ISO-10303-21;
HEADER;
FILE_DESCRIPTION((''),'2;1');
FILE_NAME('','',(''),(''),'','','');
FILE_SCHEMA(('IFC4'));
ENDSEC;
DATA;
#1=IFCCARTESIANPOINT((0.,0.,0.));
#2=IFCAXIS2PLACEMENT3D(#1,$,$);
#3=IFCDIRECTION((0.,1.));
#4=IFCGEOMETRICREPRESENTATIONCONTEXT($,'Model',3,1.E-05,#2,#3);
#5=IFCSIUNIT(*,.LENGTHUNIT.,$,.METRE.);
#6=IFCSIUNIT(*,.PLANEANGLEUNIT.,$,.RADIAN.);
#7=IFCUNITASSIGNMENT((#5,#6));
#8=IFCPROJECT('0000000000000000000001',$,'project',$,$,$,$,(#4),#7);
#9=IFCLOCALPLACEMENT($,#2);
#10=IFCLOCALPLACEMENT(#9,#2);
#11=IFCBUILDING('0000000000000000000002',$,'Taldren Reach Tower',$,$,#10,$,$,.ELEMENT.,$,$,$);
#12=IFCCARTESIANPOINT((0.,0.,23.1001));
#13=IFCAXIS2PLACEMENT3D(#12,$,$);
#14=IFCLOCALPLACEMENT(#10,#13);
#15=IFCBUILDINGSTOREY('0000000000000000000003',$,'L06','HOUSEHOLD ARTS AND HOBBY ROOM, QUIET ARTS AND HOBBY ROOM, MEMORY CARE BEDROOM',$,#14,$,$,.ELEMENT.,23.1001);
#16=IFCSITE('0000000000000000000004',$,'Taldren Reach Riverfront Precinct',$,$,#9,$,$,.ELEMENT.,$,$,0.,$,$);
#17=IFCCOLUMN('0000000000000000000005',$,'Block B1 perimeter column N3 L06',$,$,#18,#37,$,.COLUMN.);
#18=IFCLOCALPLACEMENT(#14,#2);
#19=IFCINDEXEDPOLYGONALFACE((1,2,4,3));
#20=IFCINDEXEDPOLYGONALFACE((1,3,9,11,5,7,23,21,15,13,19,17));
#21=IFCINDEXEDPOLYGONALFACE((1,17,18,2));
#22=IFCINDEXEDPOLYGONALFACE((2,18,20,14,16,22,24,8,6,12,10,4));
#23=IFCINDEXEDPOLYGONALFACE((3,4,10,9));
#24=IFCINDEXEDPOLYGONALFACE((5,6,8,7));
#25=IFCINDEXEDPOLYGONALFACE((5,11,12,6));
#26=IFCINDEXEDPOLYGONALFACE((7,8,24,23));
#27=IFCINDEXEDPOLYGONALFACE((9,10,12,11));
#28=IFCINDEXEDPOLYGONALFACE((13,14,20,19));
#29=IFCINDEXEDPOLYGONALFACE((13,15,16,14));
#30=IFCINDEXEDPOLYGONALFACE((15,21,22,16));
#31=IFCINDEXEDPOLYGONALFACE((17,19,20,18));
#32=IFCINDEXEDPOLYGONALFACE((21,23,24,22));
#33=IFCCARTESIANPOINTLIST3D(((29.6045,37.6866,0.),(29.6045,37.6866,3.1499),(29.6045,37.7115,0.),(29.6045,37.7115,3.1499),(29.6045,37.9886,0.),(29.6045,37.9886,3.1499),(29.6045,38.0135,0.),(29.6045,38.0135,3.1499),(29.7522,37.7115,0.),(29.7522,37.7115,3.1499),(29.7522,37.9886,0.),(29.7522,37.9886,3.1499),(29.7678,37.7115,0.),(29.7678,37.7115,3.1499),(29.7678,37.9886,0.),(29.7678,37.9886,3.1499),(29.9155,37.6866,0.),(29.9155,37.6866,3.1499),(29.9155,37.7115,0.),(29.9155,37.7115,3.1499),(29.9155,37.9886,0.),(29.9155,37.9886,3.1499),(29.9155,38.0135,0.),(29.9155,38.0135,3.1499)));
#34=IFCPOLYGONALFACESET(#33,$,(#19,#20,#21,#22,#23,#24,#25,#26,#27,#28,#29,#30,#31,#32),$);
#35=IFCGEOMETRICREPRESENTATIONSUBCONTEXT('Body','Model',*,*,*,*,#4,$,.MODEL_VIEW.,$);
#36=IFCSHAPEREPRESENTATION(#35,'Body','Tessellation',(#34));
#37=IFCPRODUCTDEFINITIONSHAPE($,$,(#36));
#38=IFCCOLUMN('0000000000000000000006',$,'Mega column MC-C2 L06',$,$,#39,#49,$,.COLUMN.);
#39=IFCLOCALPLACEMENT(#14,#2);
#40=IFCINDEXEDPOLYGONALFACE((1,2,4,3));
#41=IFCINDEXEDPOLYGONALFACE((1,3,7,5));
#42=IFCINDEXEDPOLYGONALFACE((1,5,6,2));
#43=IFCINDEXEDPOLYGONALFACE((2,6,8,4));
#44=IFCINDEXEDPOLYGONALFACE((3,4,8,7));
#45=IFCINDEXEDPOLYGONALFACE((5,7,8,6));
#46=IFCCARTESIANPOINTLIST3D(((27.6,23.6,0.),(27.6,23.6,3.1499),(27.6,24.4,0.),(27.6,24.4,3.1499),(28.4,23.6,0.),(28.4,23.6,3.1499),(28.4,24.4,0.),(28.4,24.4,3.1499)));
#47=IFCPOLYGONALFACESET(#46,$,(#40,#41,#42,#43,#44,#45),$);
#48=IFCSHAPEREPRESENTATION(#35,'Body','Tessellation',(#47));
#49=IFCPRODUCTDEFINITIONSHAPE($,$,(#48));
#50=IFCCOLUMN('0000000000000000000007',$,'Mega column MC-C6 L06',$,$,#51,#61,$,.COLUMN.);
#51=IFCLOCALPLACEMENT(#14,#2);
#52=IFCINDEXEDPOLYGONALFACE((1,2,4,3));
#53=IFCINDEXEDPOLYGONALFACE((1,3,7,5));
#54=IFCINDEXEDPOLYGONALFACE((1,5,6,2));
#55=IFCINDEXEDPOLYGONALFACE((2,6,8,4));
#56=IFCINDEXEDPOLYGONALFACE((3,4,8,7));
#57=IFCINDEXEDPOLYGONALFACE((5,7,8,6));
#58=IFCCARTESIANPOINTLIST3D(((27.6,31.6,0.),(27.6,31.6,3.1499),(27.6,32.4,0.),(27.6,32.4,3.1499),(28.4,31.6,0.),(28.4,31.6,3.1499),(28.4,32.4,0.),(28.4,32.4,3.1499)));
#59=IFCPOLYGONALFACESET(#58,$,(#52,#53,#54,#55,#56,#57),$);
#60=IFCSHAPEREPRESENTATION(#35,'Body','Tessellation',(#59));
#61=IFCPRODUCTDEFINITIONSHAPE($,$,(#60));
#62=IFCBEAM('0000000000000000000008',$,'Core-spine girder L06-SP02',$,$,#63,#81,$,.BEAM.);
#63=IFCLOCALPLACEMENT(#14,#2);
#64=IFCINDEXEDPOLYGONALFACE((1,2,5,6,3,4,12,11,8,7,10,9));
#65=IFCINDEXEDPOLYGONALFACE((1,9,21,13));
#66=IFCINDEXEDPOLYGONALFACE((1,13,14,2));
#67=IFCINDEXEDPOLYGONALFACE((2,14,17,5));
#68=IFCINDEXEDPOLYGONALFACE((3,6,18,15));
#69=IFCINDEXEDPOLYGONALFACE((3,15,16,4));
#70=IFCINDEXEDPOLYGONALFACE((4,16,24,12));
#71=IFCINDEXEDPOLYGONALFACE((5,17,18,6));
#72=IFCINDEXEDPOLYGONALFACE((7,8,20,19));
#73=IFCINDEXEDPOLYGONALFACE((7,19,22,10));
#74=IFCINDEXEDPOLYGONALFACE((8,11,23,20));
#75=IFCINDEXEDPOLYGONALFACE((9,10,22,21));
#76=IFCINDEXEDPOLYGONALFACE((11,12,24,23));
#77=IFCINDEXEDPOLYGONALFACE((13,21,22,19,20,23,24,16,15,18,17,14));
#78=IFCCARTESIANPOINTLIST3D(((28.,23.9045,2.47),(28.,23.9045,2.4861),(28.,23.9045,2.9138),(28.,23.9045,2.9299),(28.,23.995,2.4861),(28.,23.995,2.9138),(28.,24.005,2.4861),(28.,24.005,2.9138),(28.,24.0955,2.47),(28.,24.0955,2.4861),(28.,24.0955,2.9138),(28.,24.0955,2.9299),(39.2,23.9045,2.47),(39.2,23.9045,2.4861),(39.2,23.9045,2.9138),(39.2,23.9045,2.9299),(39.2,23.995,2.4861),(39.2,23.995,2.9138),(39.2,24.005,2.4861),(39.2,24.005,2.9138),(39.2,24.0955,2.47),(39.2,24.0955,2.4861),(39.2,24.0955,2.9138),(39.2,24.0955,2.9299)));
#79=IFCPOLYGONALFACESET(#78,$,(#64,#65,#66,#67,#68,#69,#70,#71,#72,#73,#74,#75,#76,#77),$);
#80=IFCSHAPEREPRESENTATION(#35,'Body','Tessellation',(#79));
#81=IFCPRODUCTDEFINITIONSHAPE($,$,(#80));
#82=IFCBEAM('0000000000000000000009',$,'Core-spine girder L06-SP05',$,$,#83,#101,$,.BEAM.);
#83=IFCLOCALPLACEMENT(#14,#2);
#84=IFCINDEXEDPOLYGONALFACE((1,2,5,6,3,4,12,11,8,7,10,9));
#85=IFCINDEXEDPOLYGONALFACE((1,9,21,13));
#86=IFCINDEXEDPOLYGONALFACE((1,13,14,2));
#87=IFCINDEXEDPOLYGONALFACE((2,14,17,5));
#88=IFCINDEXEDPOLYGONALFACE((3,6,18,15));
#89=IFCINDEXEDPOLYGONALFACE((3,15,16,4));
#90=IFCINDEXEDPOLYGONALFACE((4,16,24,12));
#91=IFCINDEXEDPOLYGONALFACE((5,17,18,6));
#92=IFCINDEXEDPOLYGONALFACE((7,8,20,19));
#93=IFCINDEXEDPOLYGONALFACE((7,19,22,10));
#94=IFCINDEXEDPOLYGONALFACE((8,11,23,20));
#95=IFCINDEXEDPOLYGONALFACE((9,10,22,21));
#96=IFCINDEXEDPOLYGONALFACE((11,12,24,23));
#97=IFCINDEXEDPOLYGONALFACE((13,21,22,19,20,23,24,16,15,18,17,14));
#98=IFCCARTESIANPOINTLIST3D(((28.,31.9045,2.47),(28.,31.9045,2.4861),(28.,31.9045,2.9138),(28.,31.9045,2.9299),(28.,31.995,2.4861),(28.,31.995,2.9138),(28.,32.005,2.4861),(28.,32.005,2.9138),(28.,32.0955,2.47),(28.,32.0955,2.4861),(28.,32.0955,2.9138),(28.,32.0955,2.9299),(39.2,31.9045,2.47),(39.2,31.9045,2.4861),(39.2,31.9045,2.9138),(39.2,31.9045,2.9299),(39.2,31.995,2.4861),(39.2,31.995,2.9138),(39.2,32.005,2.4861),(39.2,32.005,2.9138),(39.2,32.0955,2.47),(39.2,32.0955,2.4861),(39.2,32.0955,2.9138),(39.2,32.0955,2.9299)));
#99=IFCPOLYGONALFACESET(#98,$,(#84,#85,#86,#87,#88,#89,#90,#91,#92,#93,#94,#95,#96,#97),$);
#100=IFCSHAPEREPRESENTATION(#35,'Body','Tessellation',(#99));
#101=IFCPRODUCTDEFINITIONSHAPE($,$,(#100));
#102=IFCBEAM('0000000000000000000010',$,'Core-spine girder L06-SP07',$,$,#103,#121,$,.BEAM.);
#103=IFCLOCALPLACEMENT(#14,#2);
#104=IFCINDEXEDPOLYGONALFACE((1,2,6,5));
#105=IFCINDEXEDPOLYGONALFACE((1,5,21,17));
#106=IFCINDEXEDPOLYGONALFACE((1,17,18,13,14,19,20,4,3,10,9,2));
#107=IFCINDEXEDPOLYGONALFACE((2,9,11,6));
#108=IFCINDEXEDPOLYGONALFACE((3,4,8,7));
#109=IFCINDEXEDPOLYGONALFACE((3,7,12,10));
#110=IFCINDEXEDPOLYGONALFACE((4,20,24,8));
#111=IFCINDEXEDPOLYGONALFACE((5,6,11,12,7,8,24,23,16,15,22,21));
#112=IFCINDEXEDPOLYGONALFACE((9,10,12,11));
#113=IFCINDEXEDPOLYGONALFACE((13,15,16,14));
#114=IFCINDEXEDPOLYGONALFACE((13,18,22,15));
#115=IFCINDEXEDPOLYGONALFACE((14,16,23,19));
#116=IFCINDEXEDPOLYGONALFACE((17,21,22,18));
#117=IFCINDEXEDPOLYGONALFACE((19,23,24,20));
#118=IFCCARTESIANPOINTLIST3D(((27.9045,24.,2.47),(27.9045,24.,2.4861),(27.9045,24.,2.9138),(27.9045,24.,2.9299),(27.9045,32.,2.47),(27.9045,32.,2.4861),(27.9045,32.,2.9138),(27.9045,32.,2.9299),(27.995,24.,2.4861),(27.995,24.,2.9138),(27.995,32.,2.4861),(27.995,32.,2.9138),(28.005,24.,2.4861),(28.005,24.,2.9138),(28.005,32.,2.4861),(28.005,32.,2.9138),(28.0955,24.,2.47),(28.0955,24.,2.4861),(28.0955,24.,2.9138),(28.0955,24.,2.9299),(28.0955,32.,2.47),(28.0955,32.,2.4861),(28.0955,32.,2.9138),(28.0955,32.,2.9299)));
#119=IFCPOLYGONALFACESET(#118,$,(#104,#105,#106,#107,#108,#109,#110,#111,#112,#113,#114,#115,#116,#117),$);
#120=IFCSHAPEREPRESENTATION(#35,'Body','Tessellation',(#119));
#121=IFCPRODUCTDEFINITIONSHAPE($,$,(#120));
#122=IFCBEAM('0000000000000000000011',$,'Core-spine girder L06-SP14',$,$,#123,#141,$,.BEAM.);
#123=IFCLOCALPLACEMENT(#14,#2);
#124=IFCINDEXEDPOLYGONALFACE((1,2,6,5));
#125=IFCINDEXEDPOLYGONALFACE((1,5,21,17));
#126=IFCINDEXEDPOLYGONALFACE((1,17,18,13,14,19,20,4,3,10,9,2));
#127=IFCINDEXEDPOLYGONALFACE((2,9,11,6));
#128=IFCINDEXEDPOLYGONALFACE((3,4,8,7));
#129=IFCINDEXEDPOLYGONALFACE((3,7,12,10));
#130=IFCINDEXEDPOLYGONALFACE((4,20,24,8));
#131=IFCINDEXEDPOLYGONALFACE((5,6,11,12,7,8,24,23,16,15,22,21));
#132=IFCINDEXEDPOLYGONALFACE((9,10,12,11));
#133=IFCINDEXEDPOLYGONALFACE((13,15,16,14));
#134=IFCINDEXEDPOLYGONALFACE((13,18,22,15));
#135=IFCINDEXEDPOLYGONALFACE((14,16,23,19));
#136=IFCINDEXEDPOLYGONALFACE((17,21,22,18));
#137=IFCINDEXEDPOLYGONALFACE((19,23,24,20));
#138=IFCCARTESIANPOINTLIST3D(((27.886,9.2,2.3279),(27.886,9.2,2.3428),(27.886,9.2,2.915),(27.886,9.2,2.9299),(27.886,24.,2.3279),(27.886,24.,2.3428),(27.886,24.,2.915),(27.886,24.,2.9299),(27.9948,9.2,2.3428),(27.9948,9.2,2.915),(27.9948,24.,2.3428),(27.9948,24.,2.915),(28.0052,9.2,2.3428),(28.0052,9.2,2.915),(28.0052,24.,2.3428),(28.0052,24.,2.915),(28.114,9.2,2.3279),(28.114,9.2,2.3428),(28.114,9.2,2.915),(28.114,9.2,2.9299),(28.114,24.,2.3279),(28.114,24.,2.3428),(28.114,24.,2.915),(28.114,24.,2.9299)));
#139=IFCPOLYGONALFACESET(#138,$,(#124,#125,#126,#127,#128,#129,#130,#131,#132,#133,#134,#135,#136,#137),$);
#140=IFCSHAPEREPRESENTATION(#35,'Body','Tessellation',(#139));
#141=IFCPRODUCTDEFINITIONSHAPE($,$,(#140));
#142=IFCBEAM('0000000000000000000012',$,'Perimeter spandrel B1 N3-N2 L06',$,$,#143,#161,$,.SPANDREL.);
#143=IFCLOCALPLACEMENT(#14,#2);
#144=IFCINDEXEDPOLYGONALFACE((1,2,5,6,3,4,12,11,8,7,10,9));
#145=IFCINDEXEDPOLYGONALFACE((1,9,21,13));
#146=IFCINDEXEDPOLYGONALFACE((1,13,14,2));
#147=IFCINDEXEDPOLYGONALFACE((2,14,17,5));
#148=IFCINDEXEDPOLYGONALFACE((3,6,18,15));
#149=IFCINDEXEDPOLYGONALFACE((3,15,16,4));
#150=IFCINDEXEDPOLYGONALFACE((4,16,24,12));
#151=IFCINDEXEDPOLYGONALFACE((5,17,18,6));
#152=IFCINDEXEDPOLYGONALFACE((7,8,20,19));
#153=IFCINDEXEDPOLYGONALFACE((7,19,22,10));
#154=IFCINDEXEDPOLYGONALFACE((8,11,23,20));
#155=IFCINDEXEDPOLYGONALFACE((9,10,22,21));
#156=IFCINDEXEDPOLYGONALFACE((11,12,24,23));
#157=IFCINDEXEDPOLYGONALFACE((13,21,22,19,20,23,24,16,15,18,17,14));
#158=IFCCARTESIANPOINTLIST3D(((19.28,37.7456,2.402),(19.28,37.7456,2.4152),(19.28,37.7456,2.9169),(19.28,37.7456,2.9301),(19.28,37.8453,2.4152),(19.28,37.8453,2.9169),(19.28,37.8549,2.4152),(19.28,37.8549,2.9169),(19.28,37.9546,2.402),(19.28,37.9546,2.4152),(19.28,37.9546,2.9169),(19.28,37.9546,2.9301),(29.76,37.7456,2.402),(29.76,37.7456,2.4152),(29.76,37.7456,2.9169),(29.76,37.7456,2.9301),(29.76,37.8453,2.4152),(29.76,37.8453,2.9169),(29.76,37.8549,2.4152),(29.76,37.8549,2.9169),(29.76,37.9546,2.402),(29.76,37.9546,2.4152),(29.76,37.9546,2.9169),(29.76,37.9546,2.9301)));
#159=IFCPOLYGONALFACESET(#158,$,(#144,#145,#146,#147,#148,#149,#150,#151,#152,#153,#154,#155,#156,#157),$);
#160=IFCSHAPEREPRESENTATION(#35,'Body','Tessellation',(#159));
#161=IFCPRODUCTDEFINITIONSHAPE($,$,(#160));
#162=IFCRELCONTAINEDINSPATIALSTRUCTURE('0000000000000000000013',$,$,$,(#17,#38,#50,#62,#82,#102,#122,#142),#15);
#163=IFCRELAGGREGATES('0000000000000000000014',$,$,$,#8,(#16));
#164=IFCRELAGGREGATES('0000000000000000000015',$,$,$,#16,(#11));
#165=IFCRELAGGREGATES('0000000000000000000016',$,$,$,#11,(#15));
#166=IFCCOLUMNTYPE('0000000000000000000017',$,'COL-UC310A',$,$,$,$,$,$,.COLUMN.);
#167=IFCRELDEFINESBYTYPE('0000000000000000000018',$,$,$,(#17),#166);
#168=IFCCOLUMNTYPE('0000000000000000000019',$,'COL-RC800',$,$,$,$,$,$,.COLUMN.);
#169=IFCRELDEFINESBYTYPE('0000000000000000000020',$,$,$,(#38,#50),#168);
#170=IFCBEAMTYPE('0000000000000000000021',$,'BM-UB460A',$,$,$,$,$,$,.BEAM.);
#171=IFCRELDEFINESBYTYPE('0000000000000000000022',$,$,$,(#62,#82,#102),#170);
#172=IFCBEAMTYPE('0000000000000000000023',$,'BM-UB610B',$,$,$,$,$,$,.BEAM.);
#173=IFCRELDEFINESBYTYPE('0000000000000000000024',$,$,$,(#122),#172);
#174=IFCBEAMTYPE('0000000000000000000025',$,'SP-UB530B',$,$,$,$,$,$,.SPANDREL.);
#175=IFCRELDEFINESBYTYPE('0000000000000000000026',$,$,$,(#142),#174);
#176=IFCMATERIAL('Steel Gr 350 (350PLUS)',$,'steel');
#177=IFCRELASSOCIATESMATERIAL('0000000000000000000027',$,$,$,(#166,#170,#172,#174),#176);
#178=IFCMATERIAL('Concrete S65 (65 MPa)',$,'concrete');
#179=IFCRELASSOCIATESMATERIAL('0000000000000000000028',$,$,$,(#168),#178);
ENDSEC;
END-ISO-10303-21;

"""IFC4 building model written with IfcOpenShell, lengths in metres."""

from ifc_helpers import new_model, si_unit, direction, frame, origin, origin_2d, place, context, subcontext, project, spatial, rectangle, i_section, extrude, source, transform, mapped, material, material_profile, profile_set, type_object, element, save


model = new_model("IFC4")

# Units and contexts
model_context = context("Model", 3, precision=1e-05, world=origin(), true_north=direction((0.0, 1.0)))
body_context = subcontext(model_context, "Body", "Model", "MODEL_VIEW")
ifc_project = project(units=[si_unit("LENGTHUNIT", "METRE"), si_unit("PLANEANGLEUNIT", "RADIAN")], contexts=[model_context])

# Site, building, storey
site_placement = place(None, origin())
site = spatial("IfcSite", under=ifc_project, at=site_placement, Name="Taldren Reach Riverfront Precinct", CompositionType="ELEMENT", RefElevation=0.0)
building_placement = place(site_placement, origin())
building = spatial("IfcBuilding", under=site, at=building_placement, Name="Taldren Reach Tower", CompositionType="ELEMENT")
storey_placement = place(building_placement, frame((0.0, 0.0, 23.1001)))
storey = spatial("IfcBuildingStorey", under=building, at=storey_placement, Name="L06", Description="HOUSEHOLD ARTS AND HOBBY ROOM, QUIET ARTS AND HOBBY ROOM, MEMORY CARE BEDROOM", CompositionType="ELEMENT", Elevation=23.1001)

# Columns
ifc_material_1 = material(Name="Steel Gr 350 (350PLUS)", Category="steel")
ifc_material_profile_1 = material_profile(ifc_material_1, i_section(OverallWidth=0.311, OverallDepth=0.3269, WebThickness=0.0156, FlangeThickness=0.0249, at=origin_2d()), Name="310UC158")
ifc_profile_set_1 = profile_set([ifc_material_profile_1], Name="Steel Gr 350 (350PLUS)")
column_type_1 = type_object("IfcColumnType", Name="COL-UC310A", PredefinedType="COLUMN", material=ifc_profile_set_1)
shared_shape_1 = source(origin(), body_context, "Body", "SweptSolid", [
    extrude(i_section(OverallWidth=0.311, OverallDepth=0.3269, WebThickness=0.0156, FlangeThickness=0.0249, at=origin_2d()), origin(), (0.0, 0.0, 1.0), 3.1499),
])
column_placement = place(storey_placement, frame((29.76, 37.8501, 0.0), z_axis=(0.0, 0.0, 1.0), x_axis=(1.0, 0.0, 0.0)))
element("IfcColumn", 1, at=column_placement, inside=storey, type_object=column_type_1, Name="Block B1 perimeter column N3 L06", PredefinedType="COLUMN", context=body_context, shape_type="MappedRepresentation", body=[
    mapped(shared_shape_1, transform((0.0, 0.0, 0.0), scale=1.0)),
])
ifc_material_2 = material(Name="Concrete S65 (65 MPa)", Category="concrete")
ifc_material_profile_2 = material_profile(ifc_material_2, rectangle(XDim=0.8, YDim=0.8, at=origin_2d()), Name="RC-800x800")
ifc_profile_set_2 = profile_set([ifc_material_profile_2], Name="Concrete S65 (65 MPa)")
column_type_2 = type_object("IfcColumnType", Name="COL-RC800", PredefinedType="COLUMN", material=ifc_profile_set_2)
shared_shape_2 = source(origin(), body_context, "Body", "SweptSolid", [
    extrude(rectangle(XDim=0.8, YDim=0.8, at=origin_2d()), origin(), (0.0, 0.0, 1.0), 3.1499),
])
for number, where, z_axis, x_axis, name in (
    (2, (28.0, 24.0, 0.0), (0.0, 0.0, 1.0), (1.0, 0.0, 0.0), "Mega column MC-C2 L06"),
    (3, (28.0, 32.0, 0.0), (0.0, 0.0, 1.0), (1.0, 0.0, 0.0), "Mega column MC-C6 L06"),
):
    element("IfcColumn", number, at=place(storey_placement, frame(where, z_axis=z_axis, x_axis=x_axis)), inside=storey, type_object=column_type_2, Name=name, PredefinedType="COLUMN", context=body_context, shape_type="MappedRepresentation", body=[
        mapped(shared_shape_2, transform((0.0, 0.0, 0.0), scale=1.0)),
    ])

# Beams
ifc_material_profile_3 = material_profile(ifc_material_1, i_section(OverallWidth=0.1909, OverallDepth=0.46, WebThickness=0.01, FlangeThickness=0.0161, at=origin_2d()), Name="460UB82.1")
ifc_profile_set_3 = profile_set([ifc_material_profile_3], Name="Steel Gr 350 (350PLUS)")
beam_type_1 = type_object("IfcBeamType", Name="BM-UB460A", PredefinedType="BEAM", material=ifc_profile_set_3)
shared_shape_3 = source(origin(), body_context, "Body", "SweptSolid", [
    extrude(i_section(OverallWidth=0.1909, OverallDepth=0.46, WebThickness=0.01, FlangeThickness=0.0161, at=origin_2d()), origin(), (0.0, 0.0, 1.0), 11.2),
])
for number, where, z_axis, x_axis, name in (
    (4, (28.0, 24.0, 2.7), (1.0, 0.0, 0.0), (0.0, 1.0, 0.0), "Core-spine girder L06-SP02"),
    (5, (28.0, 32.0, 2.7), (1.0, 0.0, 0.0), (0.0, 1.0, 0.0), "Core-spine girder L06-SP05"),
):
    element("IfcBeam", number, at=place(storey_placement, frame(where, z_axis=z_axis, x_axis=x_axis)), inside=storey, type_object=beam_type_1, Name=name, PredefinedType="BEAM", context=body_context, shape_type="MappedRepresentation", body=[
        mapped(shared_shape_3, transform((0.0, 0.0, 0.0), scale=1.0)),
    ])
shared_shape_4 = source(origin(), body_context, "Body", "SweptSolid", [
    extrude(i_section(OverallWidth=0.1909, OverallDepth=0.46, WebThickness=0.01, FlangeThickness=0.0161, at=origin_2d()), origin(), (0.0, 0.0, 1.0), 8.0),
])
beam_1_placement = place(storey_placement, frame((28.0, 24.0, 2.7), z_axis=(0.0, 1.0, 0.0), x_axis=(-1.0, 0.0, 0.0)))
element("IfcBeam", 6, at=beam_1_placement, inside=storey, type_object=beam_type_1, Name="Core-spine girder L06-SP07", PredefinedType="BEAM", context=body_context, shape_type="MappedRepresentation", body=[
    mapped(shared_shape_4, transform((0.0, 0.0, 0.0), scale=1.0)),
])
ifc_material_profile_4 = material_profile(ifc_material_1, i_section(OverallWidth=0.228, OverallDepth=0.6021, WebThickness=0.0105, FlangeThickness=0.0149, at=origin_2d()), Name="610UB101")
ifc_profile_set_4 = profile_set([ifc_material_profile_4], Name="Steel Gr 350 (350PLUS)")
beam_type_2 = type_object("IfcBeamType", Name="BM-UB610B", PredefinedType="BEAM", material=ifc_profile_set_4)
shared_shape_5 = source(origin(), body_context, "Body", "SweptSolid", [
    extrude(i_section(OverallWidth=0.228, OverallDepth=0.6021, WebThickness=0.0105, FlangeThickness=0.0149, at=origin_2d()), origin(), (0.0, 0.0, 1.0), 14.8),
])
beam_2_placement = place(storey_placement, frame((28.0, 24.0, 2.6289), z_axis=(0.0, -1.0, 0.0), x_axis=(1.0, 0.0, 0.0)))
element("IfcBeam", 7, at=beam_2_placement, inside=storey, type_object=beam_type_2, Name="Core-spine girder L06-SP14", PredefinedType="BEAM", context=body_context, shape_type="MappedRepresentation", body=[
    mapped(shared_shape_5, transform((0.0, 0.0, 0.0), scale=1.0)),
])
ifc_material_profile_5 = material_profile(ifc_material_1, i_section(OverallWidth=0.209, OverallDepth=0.5281, WebThickness=0.0095, FlangeThickness=0.0132, at=origin_2d()), Name="530UB82.0")
ifc_profile_set_5 = profile_set([ifc_material_profile_5], Name="Steel Gr 350 (350PLUS)")
beam_type_3 = type_object("IfcBeamType", Name="SP-UB530B", PredefinedType="SPANDREL", material=ifc_profile_set_5)
shared_shape_6 = source(origin(), body_context, "Body", "SweptSolid", [
    extrude(i_section(OverallWidth=0.209, OverallDepth=0.5281, WebThickness=0.0095, FlangeThickness=0.0132, at=origin_2d()), origin(), (0.0, 0.0, 1.0), 10.48),
])
beam_3_placement = place(storey_placement, frame((29.76, 37.8501, 2.666), z_axis=(-1.0, 0.0, 0.0), x_axis=(0.0, -1.0, 0.0)))
element("IfcBeam", 8, at=beam_3_placement, inside=storey, type_object=beam_type_3, Name="Perimeter spandrel B1 N3-N2 L06", PredefinedType="SPANDREL", context=body_context, shape_type="MappedRepresentation", body=[
    mapped(shared_shape_6, transform((0.0, 0.0, 0.0), scale=1.0)),
])

save(model, "model.ifc")
